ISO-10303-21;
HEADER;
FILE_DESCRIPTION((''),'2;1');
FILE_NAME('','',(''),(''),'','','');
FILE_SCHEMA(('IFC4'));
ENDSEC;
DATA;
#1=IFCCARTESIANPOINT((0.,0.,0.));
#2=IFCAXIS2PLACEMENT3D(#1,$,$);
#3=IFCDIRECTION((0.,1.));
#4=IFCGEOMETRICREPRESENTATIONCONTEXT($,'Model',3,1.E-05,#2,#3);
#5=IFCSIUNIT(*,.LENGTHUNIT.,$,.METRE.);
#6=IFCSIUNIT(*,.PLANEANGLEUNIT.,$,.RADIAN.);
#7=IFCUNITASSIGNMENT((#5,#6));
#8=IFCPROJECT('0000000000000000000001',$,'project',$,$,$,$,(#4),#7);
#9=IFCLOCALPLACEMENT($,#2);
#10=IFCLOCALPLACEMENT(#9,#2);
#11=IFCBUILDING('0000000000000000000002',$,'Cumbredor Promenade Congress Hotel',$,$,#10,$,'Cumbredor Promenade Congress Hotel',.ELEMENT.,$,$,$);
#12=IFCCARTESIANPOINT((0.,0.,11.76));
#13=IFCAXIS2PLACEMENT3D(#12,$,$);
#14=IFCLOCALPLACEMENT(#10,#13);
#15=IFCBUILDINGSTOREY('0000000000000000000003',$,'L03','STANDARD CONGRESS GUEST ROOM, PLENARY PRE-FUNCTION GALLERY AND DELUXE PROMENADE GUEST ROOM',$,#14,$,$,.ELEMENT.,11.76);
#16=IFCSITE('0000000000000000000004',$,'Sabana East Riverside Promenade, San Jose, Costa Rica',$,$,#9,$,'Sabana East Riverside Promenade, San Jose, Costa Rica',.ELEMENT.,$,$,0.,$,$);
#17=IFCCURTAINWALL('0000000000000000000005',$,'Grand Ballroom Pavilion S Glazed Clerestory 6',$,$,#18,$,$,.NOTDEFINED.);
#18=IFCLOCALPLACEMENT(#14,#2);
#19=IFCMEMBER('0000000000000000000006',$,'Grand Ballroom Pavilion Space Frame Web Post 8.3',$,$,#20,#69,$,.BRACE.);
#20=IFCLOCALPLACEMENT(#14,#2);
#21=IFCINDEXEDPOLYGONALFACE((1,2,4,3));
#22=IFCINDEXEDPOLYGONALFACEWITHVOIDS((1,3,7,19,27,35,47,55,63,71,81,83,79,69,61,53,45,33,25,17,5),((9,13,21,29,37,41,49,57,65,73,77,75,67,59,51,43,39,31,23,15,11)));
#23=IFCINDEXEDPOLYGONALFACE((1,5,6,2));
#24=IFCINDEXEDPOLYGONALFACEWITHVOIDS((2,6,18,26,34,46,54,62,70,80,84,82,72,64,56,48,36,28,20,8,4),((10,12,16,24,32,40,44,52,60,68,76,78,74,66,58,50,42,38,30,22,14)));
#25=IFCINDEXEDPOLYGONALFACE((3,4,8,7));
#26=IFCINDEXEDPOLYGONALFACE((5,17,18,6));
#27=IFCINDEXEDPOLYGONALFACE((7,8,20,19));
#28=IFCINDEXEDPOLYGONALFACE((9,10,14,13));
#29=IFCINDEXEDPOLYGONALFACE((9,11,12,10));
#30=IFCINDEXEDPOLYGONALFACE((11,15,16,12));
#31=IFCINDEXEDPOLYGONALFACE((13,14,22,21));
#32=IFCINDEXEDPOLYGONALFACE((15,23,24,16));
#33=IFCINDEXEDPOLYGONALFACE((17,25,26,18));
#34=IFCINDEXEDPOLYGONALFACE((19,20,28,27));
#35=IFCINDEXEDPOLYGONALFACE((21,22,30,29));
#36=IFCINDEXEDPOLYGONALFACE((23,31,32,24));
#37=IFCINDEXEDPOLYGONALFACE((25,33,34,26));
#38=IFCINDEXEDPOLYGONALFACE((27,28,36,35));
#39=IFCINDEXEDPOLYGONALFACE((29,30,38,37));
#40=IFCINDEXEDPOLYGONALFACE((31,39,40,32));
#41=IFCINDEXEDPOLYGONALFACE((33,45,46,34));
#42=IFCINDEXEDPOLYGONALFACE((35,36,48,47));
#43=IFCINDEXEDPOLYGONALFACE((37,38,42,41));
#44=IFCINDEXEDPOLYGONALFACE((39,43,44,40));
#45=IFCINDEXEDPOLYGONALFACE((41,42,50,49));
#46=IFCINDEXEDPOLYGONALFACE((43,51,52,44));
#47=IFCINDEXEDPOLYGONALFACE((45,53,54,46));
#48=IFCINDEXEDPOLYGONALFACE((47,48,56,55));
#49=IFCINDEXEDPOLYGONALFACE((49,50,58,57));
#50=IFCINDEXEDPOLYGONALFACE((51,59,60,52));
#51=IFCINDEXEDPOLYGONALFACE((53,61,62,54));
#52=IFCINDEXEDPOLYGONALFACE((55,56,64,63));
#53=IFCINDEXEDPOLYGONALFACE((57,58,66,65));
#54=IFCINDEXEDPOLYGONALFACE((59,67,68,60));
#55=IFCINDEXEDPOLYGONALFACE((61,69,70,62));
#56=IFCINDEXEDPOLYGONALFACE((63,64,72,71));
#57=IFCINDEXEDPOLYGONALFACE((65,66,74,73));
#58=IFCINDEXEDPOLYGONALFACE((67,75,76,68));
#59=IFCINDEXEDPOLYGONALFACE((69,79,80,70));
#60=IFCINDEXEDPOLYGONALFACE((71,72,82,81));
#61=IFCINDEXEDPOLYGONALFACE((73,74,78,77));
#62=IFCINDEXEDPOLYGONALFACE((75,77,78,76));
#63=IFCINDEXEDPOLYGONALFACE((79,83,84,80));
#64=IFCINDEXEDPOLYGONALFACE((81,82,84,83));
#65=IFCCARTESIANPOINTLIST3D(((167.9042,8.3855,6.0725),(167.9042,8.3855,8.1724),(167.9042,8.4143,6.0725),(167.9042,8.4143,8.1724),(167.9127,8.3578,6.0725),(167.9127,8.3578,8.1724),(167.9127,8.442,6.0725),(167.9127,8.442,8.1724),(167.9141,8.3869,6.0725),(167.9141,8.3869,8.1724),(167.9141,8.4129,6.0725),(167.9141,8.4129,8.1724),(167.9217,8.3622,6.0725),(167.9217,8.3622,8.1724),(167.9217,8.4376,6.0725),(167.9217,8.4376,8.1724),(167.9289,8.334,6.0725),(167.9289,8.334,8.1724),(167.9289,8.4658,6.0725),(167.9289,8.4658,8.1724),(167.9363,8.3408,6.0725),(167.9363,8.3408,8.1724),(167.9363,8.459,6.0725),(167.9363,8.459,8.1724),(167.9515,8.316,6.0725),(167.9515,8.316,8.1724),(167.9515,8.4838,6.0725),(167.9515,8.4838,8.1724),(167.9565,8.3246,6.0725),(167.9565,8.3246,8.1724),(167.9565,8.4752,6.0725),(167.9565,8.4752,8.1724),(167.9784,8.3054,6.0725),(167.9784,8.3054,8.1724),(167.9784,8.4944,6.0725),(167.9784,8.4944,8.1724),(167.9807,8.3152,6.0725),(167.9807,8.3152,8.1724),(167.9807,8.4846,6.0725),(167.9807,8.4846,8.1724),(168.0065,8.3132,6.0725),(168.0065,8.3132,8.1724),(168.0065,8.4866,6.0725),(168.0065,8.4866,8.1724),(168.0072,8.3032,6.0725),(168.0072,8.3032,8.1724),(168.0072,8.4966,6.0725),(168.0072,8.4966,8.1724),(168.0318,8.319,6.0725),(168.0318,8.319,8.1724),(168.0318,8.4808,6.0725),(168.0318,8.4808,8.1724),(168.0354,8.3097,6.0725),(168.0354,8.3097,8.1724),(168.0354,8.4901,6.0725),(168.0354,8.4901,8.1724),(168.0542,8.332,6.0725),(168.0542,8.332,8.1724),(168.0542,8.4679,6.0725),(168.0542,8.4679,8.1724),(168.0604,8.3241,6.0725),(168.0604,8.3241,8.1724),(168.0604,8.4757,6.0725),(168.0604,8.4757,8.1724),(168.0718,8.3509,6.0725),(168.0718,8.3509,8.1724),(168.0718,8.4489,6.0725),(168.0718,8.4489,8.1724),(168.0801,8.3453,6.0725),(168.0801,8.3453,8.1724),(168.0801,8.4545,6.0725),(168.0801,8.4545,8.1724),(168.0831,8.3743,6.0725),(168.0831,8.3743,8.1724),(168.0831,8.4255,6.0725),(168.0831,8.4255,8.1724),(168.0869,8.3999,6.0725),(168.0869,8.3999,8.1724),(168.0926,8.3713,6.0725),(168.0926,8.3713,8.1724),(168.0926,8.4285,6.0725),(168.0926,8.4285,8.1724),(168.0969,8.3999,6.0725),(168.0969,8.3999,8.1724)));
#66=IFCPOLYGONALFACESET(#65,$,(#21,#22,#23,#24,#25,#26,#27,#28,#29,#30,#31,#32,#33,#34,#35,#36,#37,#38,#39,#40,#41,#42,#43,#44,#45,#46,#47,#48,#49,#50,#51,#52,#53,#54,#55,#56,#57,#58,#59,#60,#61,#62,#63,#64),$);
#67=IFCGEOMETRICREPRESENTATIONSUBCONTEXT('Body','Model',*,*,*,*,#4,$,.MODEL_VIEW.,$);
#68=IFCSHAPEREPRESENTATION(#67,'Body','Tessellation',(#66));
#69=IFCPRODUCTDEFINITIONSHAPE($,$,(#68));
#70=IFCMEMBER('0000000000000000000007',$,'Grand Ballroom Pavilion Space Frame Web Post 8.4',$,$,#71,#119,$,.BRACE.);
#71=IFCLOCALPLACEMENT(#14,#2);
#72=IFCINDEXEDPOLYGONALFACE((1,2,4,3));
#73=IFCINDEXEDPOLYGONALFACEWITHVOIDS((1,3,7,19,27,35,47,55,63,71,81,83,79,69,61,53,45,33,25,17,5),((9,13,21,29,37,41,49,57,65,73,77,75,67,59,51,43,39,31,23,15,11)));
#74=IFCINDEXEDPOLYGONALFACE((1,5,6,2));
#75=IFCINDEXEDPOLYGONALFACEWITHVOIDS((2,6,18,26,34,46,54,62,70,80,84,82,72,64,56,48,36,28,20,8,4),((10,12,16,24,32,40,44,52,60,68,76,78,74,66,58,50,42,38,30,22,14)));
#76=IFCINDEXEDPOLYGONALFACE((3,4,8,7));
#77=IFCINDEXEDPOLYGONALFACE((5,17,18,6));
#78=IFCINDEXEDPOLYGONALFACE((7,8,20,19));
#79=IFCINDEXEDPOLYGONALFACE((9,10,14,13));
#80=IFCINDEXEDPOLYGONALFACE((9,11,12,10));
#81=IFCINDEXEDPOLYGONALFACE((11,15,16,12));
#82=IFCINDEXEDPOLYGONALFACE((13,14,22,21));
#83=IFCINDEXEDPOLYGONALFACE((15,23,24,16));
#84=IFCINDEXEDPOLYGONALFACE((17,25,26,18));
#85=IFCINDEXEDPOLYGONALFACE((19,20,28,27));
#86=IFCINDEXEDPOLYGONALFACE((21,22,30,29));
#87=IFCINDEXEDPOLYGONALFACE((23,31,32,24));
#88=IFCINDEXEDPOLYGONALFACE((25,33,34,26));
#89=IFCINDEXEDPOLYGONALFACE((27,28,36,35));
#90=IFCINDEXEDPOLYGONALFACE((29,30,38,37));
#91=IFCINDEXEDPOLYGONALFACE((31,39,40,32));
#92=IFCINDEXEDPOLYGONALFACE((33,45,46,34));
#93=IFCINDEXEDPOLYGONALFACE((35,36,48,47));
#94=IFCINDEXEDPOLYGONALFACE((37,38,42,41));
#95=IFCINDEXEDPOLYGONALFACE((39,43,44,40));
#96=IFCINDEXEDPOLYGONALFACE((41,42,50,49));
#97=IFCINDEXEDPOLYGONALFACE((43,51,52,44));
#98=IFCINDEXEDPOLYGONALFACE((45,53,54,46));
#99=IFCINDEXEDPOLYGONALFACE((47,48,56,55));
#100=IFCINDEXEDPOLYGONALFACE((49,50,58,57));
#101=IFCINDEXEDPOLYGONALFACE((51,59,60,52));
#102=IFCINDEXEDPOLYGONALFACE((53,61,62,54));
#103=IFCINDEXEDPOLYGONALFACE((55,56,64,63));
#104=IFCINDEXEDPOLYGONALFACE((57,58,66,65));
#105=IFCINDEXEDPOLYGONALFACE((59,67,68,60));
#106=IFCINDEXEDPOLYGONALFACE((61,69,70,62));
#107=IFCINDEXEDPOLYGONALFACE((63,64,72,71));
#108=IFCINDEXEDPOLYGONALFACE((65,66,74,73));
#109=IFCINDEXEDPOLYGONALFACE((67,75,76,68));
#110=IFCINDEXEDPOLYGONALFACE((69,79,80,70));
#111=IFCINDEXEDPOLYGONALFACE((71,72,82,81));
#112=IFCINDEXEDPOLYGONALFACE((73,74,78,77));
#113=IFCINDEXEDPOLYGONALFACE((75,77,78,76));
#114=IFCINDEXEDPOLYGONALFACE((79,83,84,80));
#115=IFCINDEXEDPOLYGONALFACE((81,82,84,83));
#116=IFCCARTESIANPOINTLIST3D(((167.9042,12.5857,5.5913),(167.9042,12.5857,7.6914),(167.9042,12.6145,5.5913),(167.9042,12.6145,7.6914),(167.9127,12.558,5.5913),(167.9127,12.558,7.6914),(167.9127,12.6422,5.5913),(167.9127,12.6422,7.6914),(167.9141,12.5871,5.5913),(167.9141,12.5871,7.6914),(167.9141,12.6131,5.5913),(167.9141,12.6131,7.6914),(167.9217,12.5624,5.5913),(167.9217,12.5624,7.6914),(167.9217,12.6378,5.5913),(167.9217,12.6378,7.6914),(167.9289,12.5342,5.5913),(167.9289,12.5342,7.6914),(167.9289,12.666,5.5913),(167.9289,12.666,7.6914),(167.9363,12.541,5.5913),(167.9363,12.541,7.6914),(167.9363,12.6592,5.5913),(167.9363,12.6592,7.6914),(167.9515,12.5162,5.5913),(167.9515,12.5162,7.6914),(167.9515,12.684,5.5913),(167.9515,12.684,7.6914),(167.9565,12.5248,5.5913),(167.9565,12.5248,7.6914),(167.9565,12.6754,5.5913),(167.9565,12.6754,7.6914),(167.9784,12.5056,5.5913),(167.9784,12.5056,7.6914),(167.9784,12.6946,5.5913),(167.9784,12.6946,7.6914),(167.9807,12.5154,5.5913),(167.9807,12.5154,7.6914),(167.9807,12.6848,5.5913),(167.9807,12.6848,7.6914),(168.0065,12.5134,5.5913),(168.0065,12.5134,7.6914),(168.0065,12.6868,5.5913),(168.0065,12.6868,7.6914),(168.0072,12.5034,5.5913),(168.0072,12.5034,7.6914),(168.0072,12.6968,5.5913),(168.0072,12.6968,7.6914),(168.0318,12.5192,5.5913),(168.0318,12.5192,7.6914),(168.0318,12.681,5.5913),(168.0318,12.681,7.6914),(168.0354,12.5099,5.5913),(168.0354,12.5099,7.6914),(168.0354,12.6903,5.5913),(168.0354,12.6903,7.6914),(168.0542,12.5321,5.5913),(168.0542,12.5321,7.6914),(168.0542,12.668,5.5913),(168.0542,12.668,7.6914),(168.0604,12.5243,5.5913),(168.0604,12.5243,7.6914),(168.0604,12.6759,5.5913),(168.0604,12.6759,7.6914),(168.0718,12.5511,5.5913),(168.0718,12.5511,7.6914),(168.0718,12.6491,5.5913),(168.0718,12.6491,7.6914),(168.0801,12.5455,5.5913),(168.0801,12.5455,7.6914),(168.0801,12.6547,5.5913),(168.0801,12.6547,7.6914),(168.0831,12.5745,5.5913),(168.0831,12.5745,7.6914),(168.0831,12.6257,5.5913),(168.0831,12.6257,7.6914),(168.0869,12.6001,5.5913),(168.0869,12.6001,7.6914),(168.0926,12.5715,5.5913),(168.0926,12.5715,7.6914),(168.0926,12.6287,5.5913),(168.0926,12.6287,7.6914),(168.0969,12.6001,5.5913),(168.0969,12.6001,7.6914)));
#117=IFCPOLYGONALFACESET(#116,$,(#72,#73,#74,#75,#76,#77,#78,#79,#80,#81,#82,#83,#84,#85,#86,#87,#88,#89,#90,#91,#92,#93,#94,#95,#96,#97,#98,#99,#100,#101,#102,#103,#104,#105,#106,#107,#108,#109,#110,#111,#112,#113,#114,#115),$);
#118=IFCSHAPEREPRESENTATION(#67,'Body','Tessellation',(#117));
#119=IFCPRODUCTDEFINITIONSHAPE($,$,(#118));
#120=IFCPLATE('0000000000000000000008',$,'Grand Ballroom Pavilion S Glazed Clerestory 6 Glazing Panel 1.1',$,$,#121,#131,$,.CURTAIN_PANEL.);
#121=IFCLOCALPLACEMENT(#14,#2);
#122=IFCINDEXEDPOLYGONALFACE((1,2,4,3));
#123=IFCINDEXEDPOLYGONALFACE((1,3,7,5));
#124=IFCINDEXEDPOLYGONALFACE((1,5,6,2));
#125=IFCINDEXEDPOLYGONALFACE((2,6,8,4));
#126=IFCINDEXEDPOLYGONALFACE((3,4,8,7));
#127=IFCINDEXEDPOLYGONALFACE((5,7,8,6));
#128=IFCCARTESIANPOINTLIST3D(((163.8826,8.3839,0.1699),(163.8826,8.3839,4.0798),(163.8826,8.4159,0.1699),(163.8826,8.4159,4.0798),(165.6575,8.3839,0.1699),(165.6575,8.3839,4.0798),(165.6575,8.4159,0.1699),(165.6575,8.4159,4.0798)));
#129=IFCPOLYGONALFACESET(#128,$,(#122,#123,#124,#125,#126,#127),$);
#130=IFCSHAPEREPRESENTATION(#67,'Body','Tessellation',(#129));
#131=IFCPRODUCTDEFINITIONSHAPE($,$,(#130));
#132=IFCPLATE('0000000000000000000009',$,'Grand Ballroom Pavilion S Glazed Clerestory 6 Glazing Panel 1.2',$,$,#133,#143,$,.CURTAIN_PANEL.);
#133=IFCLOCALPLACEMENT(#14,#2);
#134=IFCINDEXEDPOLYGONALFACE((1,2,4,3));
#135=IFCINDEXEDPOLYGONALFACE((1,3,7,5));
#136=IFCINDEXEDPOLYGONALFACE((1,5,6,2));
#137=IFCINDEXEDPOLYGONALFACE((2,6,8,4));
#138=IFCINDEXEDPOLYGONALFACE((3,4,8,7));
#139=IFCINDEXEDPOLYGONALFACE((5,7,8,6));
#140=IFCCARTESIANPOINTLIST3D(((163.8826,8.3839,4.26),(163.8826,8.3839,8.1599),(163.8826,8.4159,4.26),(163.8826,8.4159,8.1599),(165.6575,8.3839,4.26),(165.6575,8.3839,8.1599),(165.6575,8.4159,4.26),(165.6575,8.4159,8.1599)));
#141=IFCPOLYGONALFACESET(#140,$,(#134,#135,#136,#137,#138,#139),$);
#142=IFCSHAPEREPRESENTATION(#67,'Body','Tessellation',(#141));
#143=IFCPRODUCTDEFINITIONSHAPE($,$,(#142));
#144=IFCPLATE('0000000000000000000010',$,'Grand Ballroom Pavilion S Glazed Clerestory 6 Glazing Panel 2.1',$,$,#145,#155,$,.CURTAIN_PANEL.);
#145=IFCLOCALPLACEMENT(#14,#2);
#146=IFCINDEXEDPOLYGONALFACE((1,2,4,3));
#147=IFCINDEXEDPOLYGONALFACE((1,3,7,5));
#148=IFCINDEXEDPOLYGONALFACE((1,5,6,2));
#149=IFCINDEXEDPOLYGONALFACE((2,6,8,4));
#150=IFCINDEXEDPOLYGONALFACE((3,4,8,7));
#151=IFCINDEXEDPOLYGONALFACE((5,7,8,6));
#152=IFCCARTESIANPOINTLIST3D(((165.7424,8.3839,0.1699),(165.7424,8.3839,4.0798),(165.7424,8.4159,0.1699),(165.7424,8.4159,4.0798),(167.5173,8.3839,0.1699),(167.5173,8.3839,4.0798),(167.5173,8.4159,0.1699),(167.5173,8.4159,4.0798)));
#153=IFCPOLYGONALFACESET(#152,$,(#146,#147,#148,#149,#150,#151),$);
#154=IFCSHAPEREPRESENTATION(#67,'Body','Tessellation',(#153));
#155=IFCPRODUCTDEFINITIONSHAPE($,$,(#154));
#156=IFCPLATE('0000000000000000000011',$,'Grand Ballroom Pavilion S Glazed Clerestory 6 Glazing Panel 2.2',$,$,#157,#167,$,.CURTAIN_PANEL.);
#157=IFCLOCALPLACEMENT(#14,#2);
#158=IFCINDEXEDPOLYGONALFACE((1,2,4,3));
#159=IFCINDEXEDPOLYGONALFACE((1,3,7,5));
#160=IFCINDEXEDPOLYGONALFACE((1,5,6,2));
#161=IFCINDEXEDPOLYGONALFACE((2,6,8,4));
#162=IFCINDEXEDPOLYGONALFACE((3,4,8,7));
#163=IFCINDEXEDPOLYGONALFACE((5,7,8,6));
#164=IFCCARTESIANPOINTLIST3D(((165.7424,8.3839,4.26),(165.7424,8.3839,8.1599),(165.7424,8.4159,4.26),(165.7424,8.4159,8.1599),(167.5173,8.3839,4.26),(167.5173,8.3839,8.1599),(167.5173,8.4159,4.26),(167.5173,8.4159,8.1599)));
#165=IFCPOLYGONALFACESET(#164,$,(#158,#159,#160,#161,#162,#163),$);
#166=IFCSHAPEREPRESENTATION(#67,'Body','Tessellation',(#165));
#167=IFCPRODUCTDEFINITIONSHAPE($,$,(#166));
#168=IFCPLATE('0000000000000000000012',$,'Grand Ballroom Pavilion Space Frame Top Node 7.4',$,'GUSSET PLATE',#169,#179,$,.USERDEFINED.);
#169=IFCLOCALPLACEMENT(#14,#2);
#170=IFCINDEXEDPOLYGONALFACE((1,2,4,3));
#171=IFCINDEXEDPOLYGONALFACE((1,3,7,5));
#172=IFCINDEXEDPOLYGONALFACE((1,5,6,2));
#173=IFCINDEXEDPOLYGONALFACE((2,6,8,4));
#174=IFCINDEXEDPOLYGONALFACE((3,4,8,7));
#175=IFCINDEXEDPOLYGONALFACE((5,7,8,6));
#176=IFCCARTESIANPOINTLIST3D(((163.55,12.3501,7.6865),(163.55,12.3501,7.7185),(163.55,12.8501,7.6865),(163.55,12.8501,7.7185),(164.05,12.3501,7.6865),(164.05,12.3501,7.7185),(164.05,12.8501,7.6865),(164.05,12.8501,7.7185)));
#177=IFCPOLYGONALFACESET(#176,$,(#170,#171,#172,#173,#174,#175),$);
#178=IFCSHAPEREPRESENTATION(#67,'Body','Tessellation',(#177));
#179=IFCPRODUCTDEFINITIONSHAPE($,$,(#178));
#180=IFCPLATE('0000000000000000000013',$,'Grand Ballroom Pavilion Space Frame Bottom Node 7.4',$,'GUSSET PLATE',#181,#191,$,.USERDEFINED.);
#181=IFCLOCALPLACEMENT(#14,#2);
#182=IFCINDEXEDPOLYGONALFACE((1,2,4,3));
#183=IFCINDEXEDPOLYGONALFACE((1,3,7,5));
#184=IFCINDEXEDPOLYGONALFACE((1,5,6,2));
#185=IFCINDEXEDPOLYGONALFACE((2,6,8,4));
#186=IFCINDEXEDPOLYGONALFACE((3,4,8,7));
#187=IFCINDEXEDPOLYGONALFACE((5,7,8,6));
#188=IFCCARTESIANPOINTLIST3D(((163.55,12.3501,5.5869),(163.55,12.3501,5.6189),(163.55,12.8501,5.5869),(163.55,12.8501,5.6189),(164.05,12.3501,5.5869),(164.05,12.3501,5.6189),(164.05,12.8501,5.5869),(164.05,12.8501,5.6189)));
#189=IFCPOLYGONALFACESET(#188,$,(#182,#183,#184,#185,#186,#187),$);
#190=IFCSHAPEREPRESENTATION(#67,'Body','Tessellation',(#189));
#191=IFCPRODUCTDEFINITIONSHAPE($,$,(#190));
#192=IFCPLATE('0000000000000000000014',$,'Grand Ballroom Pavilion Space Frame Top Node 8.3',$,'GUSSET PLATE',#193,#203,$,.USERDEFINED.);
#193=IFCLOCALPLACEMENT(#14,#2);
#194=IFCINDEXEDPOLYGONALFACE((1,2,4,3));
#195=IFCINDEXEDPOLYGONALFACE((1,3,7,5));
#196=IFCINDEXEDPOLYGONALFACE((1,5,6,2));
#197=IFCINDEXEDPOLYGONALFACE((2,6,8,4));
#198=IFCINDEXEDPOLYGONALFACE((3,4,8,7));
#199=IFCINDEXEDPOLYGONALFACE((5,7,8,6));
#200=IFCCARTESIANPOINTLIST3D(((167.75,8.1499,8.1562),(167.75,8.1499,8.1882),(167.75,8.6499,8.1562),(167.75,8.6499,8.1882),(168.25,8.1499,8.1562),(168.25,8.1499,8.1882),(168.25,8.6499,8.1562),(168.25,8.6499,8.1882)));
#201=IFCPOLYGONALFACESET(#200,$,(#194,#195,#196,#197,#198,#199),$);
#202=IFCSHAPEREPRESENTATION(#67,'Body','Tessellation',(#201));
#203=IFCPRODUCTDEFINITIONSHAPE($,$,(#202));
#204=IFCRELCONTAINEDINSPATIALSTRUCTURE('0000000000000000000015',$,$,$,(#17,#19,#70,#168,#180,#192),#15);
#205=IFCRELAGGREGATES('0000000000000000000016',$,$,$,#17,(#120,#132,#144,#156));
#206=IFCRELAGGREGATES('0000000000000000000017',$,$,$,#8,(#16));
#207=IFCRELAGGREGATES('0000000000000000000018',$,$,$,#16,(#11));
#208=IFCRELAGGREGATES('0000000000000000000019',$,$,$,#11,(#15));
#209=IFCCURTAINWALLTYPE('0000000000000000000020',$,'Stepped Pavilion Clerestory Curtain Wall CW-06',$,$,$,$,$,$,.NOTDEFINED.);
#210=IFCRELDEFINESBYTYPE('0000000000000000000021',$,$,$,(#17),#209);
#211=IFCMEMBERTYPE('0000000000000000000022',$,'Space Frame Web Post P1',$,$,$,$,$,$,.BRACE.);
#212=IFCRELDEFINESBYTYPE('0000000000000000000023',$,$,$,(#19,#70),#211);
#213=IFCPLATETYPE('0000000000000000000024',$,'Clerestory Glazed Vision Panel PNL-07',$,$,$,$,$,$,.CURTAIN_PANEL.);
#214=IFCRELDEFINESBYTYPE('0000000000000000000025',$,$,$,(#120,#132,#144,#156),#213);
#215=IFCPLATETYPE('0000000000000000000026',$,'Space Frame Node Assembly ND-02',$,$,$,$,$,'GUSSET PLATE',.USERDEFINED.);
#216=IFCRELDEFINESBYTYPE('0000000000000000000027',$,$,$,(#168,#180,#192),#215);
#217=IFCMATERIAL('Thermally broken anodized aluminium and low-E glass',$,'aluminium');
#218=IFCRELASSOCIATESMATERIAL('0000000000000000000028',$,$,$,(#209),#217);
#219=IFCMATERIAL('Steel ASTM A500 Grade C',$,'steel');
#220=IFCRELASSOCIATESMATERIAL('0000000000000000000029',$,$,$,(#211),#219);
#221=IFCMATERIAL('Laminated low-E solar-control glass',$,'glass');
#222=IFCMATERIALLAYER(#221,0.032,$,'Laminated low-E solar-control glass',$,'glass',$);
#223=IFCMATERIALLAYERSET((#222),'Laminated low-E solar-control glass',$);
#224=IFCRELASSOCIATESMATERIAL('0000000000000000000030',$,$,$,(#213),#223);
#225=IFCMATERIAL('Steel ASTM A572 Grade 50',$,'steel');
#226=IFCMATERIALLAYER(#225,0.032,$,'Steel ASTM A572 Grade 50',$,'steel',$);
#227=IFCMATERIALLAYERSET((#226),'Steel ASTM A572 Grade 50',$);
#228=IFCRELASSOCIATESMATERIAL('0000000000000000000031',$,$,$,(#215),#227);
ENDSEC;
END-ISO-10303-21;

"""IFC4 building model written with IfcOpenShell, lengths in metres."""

from ifc_helpers import new_model, si_unit, direction, frame, origin, origin_2d, place, context, subcontext, project, spatial, rectangle, hollow_circle, extrude, material, layer, layer_set, material_profile, profile_set, type_object, element, aggregate, save


model = new_model("IFC4")

# Units and contexts
model_context = context("Model", 3, precision=1e-05, world=origin(), true_north=direction((0.0, 1.0)))
body_context = subcontext(model_context, "Body", "Model", "MODEL_VIEW")
ifc_project = project(units=[si_unit("LENGTHUNIT", "METRE"), si_unit("PLANEANGLEUNIT", "RADIAN")], contexts=[model_context])

# Site, building, storey
site_placement = place(None, origin())
site = spatial("IfcSite", under=ifc_project, at=site_placement, Name="Sabana East Riverside Promenade, San Jose, Costa Rica", LongName="Sabana East Riverside Promenade, San Jose, Costa Rica", CompositionType="ELEMENT", RefElevation=0.0)
building_placement = place(site_placement, origin())
building = spatial("IfcBuilding", under=site, at=building_placement, Name="Cumbredor Promenade Congress Hotel", LongName="Cumbredor Promenade Congress Hotel", CompositionType="ELEMENT")
storey_placement = place(building_placement, frame((0.0, 0.0, 11.76)))
storey = spatial("IfcBuildingStorey", under=building, at=storey_placement, Name="L03", Description="STANDARD CONGRESS GUEST ROOM, PLENARY PRE-FUNCTION GALLERY AND DELUXE PROMENADE GUEST ROOM", CompositionType="ELEMENT", Elevation=11.76)

# Shared definitions
ifc_material_1 = material(Name="Steel ASTM A500 Grade C", Category="steel")

# Curtain wall
ifc_material_2 = material(Name="Thermally broken anodized aluminium and low-E glass", Category="aluminium")
curtain_wall_type = type_object("IfcCurtainWallType", Name="Stepped Pavilion Clerestory Curtain Wall CW-06", PredefinedType="NOTDEFINED", material=ifc_material_2)
curtain_wall_placement = place(storey_placement, origin())
curtain_wall = element("IfcCurtainWall", 1, at=curtain_wall_placement, inside=storey, type_object=curtain_wall_type, Name="Grand Ballroom Pavilion S Glazed Clerestory 6", PredefinedType="NOTDEFINED")

# Members
ifc_material_profile_1 = material_profile(ifc_material_1, hollow_circle(Radius=0.0969, WallThickness=0.01, at=origin_2d()), Name="CHS 193.7x10")
ifc_profile_set_1 = profile_set([ifc_material_profile_1], Name="Steel ASTM A500 Grade C")
member_type_1 = type_object("IfcMemberType", Name="Space Frame Web Post P1", PredefinedType="BRACE", material=ifc_profile_set_1)
for number, where, z_axis, x_axis, name in (
    (2, (168.0, 8.3999, 6.0725), (0.0, 0.0, 1.0), (1.0, 0.0, 0.0), "Grand Ballroom Pavilion Space Frame Web Post 8.3"),
):
    element("IfcMember", number, at=place(storey_placement, frame(where, z_axis=z_axis, x_axis=x_axis)), inside=storey, type_object=member_type_1, Name=name, PredefinedType="BRACE", context=body_context, shape_type="SweptSolid", body=[
        extrude(hollow_circle(Radius=0.0969, WallThickness=0.01, at=origin_2d()), origin(), (0.0, 0.0, 1.0), 2.0999),
    ])
member_1_placement = place(storey_placement, frame((168.0, 12.6001, 5.5913), z_axis=(0.0, 0.0, 1.0), x_axis=(1.0, 0.0, 0.0)))
element("IfcMember", 3, at=member_1_placement, inside=storey, type_object=member_type_1, Name="Grand Ballroom Pavilion Space Frame Web Post 8.4", PredefinedType="BRACE", context=body_context, shape_type="SweptSolid", body=[
    extrude(hollow_circle(Radius=0.0969, WallThickness=0.01, at=origin_2d()), origin(), (0.0, 0.0, 1.0), 2.1001),
])

# Plates
ifc_material_3 = material(Name="Laminated low-E solar-control glass", Category="glass")
ifc_layer_1 = layer(ifc_material_3, 0.032, Name="Laminated low-E solar-control glass", Category="glass")
ifc_layer_set_1 = layer_set([ifc_layer_1], Name="Laminated low-E solar-control glass")
plate_type_1 = type_object("IfcPlateType", Name="Clerestory Glazed Vision Panel PNL-07", PredefinedType="CURTAIN_PANEL", material=ifc_layer_set_1)
plate_1_placement = place(storey_placement, frame((164.77, 8.3999, 0.1699), z_axis=(0.0, 0.0, 1.0), x_axis=(1.0, 0.0, 0.0)))
plate_1 = element("IfcPlate", 4, at=plate_1_placement, type_object=plate_type_1, Name="Grand Ballroom Pavilion S Glazed Clerestory 6 Glazing Panel 1.1", PredefinedType="CURTAIN_PANEL", context=body_context, shape_type="SweptSolid", body=[
    extrude(rectangle(XDim=1.7749, YDim=0.032, at=origin_2d()), origin(), (0.0, 0.0, 1.0), 3.9099),
])
plate_2_placement = place(storey_placement, frame((164.77, 8.3999, 4.26), z_axis=(0.0, 0.0, 1.0), x_axis=(1.0, 0.0, 0.0)))
plate_2 = element("IfcPlate", 5, at=plate_2_placement, type_object=plate_type_1, Name="Grand Ballroom Pavilion S Glazed Clerestory 6 Glazing Panel 1.2", PredefinedType="CURTAIN_PANEL", context=body_context, shape_type="SweptSolid", body=[
    extrude(rectangle(XDim=1.7749, YDim=0.032, at=origin_2d()), origin(), (0.0, 0.0, 1.0), 3.8999),
])
plate_3_placement = place(storey_placement, frame((166.6299, 8.3999, 0.1699), z_axis=(0.0, 0.0, 1.0), x_axis=(1.0, 0.0, 0.0)))
plate_3 = element("IfcPlate", 6, at=plate_3_placement, type_object=plate_type_1, Name="Grand Ballroom Pavilion S Glazed Clerestory 6 Glazing Panel 2.1", PredefinedType="CURTAIN_PANEL", context=body_context, shape_type="SweptSolid", body=[
    extrude(rectangle(XDim=1.7749, YDim=0.032, at=origin_2d()), origin(), (0.0, 0.0, 1.0), 3.9099),
])
plate_4_placement = place(storey_placement, frame((166.6299, 8.3999, 4.26), z_axis=(0.0, 0.0, 1.0), x_axis=(1.0, 0.0, 0.0)))
plate_4 = element("IfcPlate", 7, at=plate_4_placement, type_object=plate_type_1, Name="Grand Ballroom Pavilion S Glazed Clerestory 6 Glazing Panel 2.2", PredefinedType="CURTAIN_PANEL", context=body_context, shape_type="SweptSolid", body=[
    extrude(rectangle(XDim=1.7749, YDim=0.032, at=origin_2d()), origin(), (0.0, 0.0, 1.0), 3.8999),
])
aggregate(curtain_wall, [plate_1, plate_2, plate_3, plate_4])

# Plates
ifc_material_4 = material(Name="Steel ASTM A572 Grade 50", Category="steel")
ifc_layer_2 = layer(ifc_material_4, 0.032, Name="Steel ASTM A572 Grade 50", Category="steel")
ifc_layer_set_2 = layer_set([ifc_layer_2], Name="Steel ASTM A572 Grade 50")
plate_type_2 = type_object("IfcPlateType", Name="Space Frame Node Assembly ND-02", ElementType="GUSSET PLATE", PredefinedType="USERDEFINED", material=ifc_layer_set_2)
for number, where, z_axis, x_axis, name in (
    (8, (163.8, 12.6001, 7.6865), (0.0, 0.0, 1.0), (1.0, 0.0, 0.0), "Grand Ballroom Pavilion Space Frame Top Node 7.4"),
    (9, (163.8, 12.6001, 5.5869), (0.0, 0.0, 1.0), (1.0, 0.0, 0.0), "Grand Ballroom Pavilion Space Frame Bottom Node 7.4"),
    (10, (168.0, 8.3999, 8.1562), (0.0, 0.0, 1.0), (1.0, 0.0, 0.0), "Grand Ballroom Pavilion Space Frame Top Node 8.3"),
):
    element("IfcPlate", number, at=place(storey_placement, frame(where, z_axis=z_axis, x_axis=x_axis)), inside=storey, type_object=plate_type_2, Name=name, ObjectType="GUSSET PLATE", PredefinedType="USERDEFINED", context=body_context, shape_type="SweptSolid", body=[
        extrude(rectangle(XDim=0.5, YDim=0.5, at=origin_2d()), origin(), (0.0, 0.0, 1.0), 0.032),
    ])

save(model, "model.ifc")
